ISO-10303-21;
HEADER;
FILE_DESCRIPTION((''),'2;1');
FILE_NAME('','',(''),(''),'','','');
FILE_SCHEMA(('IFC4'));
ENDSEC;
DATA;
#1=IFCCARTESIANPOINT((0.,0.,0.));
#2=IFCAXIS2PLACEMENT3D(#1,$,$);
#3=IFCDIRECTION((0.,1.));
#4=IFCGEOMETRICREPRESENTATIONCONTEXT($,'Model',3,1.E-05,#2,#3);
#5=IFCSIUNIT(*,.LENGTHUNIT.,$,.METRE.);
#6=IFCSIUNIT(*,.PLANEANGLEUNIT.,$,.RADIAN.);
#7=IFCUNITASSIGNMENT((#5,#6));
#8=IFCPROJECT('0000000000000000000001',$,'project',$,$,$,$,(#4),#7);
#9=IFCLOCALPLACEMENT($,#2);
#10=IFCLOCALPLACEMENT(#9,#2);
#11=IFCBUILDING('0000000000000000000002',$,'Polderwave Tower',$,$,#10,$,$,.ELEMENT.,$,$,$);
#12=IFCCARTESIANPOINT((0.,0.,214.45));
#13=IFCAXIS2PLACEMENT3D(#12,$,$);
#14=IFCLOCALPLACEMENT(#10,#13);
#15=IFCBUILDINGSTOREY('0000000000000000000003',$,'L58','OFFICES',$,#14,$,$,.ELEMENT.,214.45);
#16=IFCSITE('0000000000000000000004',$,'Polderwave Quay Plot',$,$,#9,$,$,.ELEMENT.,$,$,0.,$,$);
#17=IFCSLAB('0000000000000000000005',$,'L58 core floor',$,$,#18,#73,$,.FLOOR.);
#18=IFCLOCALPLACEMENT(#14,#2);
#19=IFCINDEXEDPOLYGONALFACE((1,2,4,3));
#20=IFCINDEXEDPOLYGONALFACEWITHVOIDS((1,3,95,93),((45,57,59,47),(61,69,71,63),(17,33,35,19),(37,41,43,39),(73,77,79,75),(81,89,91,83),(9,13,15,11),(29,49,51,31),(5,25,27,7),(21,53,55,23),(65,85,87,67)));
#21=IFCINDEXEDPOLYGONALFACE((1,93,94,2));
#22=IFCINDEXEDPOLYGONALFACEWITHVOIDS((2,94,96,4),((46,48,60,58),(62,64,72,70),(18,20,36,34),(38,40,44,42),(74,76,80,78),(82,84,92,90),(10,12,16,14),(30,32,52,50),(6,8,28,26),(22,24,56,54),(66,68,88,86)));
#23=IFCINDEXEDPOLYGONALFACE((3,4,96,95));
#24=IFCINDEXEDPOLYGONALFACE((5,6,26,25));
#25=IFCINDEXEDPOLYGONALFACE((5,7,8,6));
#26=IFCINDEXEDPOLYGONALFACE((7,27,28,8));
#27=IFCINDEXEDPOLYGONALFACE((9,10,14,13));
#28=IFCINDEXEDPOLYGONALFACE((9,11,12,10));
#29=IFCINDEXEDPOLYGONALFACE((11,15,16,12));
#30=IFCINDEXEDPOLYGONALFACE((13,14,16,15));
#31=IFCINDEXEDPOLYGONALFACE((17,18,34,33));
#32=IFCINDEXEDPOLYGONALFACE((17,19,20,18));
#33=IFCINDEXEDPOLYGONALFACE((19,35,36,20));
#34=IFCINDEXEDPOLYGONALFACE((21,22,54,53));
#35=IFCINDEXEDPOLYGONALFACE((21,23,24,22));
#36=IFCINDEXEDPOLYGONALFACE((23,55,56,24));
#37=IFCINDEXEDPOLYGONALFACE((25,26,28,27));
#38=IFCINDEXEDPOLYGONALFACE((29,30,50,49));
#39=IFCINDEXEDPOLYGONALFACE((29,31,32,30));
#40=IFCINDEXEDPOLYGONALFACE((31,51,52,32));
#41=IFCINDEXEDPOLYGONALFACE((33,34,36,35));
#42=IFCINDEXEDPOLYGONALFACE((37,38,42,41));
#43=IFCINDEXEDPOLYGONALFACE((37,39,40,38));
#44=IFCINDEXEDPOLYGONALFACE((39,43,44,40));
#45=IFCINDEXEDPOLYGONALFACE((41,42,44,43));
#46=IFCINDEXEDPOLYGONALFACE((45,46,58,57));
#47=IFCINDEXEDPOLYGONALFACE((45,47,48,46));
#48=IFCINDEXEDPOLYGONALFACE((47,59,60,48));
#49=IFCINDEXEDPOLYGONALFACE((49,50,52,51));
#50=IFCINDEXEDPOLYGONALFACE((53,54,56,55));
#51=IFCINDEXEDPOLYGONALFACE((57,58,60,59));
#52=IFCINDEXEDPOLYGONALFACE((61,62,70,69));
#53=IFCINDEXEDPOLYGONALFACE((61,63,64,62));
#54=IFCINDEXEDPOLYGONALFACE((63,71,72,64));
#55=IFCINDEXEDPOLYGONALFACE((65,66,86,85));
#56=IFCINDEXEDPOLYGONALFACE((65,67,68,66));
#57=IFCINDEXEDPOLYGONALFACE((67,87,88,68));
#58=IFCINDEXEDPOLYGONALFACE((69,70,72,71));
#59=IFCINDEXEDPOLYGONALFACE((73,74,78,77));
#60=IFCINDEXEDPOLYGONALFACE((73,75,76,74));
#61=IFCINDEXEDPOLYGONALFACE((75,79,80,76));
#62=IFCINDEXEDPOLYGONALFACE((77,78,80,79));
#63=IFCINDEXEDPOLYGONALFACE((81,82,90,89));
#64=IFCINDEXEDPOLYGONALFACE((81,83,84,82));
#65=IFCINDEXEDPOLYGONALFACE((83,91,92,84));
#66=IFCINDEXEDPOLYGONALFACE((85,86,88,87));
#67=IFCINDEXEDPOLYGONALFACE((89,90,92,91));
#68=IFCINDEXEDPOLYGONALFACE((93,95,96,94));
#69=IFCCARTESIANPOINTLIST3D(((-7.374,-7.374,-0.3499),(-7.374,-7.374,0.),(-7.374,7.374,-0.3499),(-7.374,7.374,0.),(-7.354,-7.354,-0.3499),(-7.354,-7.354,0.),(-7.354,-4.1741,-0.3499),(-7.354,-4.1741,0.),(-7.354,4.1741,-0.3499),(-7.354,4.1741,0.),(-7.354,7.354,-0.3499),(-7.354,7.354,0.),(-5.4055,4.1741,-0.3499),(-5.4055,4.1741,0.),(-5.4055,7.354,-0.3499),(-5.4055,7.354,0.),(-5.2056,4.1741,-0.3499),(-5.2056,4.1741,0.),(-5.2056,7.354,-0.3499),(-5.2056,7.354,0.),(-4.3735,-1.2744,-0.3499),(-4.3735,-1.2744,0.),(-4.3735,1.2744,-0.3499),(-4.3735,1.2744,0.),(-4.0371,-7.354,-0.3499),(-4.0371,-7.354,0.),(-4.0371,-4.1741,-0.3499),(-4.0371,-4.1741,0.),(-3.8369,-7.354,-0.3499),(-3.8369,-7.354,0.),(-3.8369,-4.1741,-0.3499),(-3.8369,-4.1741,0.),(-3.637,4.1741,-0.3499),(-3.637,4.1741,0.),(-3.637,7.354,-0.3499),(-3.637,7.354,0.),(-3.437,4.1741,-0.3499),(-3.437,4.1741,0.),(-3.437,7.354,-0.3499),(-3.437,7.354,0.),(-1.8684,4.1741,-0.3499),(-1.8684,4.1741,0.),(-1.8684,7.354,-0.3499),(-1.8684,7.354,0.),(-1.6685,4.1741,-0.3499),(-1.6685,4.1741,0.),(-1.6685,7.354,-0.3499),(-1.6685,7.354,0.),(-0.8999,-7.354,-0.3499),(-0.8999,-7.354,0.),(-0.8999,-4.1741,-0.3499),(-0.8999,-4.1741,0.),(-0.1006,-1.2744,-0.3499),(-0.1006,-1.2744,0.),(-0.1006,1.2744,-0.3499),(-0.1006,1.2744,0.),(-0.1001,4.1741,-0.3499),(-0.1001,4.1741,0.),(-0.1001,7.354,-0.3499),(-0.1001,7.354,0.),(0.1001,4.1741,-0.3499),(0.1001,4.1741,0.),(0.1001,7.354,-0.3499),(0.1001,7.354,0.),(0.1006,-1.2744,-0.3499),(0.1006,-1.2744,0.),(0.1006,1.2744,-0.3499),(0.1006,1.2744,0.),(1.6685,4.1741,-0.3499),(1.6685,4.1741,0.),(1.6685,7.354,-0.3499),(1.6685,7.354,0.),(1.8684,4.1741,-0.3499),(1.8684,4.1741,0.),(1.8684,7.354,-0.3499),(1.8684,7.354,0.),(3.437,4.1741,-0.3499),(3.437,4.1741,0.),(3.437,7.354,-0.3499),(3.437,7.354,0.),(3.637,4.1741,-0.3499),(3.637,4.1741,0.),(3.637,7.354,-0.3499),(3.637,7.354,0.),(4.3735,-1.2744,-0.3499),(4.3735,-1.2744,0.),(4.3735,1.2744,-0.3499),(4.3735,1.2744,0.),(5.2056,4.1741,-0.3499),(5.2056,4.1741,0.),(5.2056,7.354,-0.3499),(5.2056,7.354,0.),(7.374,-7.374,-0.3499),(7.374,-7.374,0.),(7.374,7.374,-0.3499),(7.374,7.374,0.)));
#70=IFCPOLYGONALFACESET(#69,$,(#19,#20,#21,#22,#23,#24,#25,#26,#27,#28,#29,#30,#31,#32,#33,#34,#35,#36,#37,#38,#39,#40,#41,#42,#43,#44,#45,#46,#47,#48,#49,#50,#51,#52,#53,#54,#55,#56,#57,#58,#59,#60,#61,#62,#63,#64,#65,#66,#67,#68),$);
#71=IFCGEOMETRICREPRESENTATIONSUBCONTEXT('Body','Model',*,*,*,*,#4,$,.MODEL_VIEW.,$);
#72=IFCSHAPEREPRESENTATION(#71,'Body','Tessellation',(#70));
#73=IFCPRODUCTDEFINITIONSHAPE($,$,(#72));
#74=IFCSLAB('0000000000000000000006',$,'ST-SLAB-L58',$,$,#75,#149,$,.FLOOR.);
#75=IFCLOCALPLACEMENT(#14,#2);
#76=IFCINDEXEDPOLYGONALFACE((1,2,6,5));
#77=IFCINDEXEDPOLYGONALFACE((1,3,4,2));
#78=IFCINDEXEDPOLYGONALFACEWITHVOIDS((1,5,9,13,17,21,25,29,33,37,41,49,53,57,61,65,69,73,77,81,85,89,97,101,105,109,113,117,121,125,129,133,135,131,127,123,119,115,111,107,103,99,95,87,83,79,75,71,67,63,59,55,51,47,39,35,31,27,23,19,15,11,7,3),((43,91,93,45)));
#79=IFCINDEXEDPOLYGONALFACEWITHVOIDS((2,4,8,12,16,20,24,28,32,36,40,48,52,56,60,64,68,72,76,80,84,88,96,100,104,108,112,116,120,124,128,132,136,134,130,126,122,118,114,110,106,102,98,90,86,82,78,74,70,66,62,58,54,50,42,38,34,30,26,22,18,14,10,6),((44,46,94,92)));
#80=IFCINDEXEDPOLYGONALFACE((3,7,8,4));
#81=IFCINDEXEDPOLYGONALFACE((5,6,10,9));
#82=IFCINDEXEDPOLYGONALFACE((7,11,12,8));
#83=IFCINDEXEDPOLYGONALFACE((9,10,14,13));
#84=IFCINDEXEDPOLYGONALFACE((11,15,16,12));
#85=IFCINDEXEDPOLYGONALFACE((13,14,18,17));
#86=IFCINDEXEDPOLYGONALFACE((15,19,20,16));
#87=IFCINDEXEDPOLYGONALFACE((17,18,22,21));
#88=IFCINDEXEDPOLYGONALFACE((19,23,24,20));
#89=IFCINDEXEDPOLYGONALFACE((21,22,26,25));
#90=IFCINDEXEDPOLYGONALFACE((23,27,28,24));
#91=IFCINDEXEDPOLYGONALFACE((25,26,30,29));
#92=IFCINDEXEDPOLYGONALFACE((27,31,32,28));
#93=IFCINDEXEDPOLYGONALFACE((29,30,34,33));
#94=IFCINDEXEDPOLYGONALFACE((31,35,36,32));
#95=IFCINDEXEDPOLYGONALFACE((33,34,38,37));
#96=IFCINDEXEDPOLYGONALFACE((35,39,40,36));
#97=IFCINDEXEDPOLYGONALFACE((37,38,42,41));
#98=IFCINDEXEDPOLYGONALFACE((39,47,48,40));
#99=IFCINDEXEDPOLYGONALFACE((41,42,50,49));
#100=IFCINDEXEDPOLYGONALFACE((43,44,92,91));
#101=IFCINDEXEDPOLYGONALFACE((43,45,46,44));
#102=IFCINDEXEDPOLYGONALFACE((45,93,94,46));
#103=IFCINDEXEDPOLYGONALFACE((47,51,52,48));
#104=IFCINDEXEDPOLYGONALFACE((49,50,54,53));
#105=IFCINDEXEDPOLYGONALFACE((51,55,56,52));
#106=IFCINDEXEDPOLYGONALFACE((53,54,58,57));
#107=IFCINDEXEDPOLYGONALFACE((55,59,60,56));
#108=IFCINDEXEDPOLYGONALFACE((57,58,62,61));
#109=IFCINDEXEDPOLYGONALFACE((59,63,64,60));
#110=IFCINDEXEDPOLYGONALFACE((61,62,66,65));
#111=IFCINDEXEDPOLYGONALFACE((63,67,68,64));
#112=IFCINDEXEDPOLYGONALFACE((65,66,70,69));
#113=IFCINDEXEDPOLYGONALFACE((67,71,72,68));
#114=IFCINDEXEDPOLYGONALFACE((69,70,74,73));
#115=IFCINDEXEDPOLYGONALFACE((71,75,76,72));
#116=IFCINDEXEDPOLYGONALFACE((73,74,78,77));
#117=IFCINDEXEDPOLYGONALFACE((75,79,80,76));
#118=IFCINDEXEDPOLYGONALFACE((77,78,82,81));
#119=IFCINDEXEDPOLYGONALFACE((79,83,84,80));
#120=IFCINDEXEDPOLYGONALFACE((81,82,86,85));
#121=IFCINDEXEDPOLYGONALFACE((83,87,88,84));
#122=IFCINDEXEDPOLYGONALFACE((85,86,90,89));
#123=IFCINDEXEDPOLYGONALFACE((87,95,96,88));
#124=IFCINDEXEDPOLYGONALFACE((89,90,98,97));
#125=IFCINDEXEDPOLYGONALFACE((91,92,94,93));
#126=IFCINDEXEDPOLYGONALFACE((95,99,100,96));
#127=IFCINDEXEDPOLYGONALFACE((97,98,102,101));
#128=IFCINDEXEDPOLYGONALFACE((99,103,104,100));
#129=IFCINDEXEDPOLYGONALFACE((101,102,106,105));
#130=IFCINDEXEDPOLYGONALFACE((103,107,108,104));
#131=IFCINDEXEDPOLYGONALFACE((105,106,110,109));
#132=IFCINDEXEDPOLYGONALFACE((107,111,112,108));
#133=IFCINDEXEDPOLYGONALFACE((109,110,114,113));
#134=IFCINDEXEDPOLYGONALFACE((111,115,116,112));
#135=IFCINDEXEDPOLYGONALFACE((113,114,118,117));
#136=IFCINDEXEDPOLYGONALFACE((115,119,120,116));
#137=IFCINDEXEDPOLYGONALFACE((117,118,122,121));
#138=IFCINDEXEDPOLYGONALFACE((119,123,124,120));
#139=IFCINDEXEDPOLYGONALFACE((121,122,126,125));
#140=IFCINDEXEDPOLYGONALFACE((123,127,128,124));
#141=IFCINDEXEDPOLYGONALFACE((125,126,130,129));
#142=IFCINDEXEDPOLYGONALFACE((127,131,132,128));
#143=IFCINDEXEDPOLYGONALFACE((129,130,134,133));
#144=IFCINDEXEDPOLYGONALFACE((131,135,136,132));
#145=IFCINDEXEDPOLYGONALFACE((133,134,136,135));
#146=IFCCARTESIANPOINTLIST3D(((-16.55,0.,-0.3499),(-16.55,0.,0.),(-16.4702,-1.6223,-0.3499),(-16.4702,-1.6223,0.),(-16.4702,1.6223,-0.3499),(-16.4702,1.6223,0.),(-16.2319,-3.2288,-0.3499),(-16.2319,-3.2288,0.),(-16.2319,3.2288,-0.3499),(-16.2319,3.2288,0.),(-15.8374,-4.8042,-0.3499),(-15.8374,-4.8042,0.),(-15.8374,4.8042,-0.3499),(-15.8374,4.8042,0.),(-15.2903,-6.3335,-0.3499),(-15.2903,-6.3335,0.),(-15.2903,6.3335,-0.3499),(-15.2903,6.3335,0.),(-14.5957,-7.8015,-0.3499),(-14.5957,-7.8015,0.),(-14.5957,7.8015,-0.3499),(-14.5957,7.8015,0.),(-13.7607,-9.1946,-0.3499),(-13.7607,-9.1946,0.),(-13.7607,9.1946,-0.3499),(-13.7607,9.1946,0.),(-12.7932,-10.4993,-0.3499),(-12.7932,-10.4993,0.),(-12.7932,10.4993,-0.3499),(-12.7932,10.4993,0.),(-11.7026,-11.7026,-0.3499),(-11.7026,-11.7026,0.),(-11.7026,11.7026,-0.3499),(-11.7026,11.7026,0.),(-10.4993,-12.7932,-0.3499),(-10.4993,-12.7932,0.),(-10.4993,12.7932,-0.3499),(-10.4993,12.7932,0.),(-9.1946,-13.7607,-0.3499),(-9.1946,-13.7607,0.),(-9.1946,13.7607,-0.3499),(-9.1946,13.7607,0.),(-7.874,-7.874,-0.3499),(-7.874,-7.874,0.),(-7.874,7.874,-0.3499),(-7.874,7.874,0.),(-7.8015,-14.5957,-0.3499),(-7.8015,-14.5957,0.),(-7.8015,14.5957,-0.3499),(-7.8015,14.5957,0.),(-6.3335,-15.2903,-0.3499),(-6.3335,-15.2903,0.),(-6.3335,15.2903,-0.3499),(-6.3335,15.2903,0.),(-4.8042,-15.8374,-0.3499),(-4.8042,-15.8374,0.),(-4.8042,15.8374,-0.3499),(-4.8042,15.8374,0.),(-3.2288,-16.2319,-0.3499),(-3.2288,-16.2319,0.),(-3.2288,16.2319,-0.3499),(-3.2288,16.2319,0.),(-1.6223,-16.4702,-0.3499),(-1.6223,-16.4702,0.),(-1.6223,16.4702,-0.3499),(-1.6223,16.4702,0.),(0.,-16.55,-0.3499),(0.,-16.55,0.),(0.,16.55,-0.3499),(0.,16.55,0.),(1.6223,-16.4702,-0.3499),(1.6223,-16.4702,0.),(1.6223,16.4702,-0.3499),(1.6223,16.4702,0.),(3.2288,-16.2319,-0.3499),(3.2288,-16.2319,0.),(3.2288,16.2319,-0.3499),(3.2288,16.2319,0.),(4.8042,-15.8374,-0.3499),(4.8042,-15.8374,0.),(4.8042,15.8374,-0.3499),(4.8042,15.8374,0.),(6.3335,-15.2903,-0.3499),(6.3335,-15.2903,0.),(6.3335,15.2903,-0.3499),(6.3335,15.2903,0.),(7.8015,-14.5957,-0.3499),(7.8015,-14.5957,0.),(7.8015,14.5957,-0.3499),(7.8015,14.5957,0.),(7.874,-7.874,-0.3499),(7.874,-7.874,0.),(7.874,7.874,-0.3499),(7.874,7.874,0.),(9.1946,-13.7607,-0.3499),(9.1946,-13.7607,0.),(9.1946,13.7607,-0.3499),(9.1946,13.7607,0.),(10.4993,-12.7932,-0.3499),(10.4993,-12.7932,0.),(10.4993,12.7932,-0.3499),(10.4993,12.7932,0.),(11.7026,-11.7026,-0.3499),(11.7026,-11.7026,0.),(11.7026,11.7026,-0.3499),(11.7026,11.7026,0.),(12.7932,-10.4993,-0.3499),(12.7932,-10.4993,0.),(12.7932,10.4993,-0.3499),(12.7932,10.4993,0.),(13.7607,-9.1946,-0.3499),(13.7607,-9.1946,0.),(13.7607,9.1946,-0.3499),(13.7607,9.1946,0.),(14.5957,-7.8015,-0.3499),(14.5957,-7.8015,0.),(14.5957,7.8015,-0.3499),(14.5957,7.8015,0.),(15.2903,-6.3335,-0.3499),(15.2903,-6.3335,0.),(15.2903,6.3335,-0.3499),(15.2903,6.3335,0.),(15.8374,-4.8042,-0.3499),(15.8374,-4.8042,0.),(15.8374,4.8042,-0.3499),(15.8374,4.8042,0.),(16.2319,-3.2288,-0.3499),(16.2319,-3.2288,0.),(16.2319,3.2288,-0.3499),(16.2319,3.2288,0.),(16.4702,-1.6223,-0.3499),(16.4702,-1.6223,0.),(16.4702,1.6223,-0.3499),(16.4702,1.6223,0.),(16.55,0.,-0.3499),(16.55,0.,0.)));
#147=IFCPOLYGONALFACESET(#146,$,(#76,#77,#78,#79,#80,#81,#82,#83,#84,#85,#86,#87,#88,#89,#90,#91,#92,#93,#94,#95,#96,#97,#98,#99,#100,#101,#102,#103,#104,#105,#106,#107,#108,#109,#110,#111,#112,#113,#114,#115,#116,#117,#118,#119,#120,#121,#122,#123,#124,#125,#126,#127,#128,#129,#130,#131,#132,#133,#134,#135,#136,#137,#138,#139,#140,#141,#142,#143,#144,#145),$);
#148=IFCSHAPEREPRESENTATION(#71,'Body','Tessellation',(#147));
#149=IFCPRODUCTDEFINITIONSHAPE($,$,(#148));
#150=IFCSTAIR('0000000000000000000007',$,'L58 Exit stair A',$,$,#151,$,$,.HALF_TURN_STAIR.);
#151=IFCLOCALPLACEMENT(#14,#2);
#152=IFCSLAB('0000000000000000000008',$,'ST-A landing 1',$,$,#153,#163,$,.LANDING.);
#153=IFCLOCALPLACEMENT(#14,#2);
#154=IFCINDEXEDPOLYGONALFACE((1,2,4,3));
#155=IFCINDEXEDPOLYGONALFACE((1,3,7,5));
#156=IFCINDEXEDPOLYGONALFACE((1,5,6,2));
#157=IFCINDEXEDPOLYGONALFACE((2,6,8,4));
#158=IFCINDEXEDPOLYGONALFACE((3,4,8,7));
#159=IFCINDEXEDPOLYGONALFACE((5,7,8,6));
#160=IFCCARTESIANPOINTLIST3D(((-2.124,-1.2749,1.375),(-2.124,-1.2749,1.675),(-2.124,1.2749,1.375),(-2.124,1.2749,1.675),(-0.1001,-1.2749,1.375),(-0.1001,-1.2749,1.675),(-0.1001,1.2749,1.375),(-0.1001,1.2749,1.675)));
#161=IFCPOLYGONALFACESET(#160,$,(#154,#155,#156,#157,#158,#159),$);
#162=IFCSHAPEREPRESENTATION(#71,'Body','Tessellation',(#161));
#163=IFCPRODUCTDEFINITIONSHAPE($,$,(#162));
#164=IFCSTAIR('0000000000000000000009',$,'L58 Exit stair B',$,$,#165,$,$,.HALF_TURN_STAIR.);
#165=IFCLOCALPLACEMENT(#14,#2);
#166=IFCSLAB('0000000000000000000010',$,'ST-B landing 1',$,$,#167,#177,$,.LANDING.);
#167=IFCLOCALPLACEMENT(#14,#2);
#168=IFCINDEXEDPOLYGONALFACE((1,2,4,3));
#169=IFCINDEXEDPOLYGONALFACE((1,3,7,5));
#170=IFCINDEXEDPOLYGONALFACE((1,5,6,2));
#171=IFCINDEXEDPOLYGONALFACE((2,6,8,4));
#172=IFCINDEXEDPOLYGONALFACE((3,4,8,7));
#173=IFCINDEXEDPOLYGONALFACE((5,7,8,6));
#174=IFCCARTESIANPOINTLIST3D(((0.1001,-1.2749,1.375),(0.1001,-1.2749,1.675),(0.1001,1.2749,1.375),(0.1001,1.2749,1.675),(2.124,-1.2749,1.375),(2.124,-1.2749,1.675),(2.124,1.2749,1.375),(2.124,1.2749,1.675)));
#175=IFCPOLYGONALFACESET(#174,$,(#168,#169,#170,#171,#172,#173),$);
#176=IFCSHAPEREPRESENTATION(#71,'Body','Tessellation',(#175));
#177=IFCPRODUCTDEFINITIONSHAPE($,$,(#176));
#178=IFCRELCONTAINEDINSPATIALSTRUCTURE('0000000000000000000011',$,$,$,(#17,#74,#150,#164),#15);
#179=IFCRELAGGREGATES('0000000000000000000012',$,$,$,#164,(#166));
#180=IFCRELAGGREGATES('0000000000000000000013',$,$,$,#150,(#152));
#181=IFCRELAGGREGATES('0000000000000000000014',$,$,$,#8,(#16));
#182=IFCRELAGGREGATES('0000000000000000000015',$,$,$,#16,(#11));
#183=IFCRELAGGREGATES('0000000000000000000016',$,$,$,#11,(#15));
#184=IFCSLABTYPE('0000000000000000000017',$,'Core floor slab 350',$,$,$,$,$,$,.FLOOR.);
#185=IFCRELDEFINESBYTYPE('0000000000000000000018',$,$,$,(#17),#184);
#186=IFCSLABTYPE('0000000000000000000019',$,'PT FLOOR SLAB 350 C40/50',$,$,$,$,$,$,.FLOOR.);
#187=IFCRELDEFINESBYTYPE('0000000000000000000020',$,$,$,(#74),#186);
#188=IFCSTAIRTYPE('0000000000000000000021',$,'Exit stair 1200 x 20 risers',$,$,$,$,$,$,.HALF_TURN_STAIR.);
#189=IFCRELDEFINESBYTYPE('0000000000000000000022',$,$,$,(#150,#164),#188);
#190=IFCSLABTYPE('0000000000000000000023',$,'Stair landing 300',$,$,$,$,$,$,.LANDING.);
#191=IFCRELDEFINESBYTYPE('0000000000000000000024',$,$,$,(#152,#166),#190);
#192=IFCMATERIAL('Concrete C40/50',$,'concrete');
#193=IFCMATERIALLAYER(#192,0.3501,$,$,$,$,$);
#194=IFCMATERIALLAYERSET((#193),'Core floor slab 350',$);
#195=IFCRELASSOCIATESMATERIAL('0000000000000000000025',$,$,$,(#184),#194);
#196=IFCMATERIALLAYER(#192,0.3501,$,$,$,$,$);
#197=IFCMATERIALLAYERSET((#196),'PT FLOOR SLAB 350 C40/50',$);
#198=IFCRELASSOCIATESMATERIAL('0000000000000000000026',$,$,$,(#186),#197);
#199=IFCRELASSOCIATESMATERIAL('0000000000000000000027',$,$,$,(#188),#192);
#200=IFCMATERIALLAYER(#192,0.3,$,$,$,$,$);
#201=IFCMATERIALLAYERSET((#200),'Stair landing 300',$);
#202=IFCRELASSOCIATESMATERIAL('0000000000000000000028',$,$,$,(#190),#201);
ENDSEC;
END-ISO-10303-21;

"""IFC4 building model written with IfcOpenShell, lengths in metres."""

from ifc_helpers import new_model, si_unit, direction, frame, origin, place, context, subcontext, project, spatial, polyline, outline, extrude, material, layer, layer_set, type_object, element, aggregate, save


model = new_model("IFC4")

# Units and contexts
model_context = context("Model", 3, precision=1e-05, world=origin(), true_north=direction((0.0, 1.0)))
body_context = subcontext(model_context, "Body", "Model", "MODEL_VIEW")
ifc_project = project(units=[si_unit("LENGTHUNIT", "METRE"), si_unit("PLANEANGLEUNIT", "RADIAN")], contexts=[model_context])

# Site, building, storey
site_placement = place(None, origin())
site = spatial("IfcSite", under=ifc_project, at=site_placement, Name="Polderwave Quay Plot", CompositionType="ELEMENT", RefElevation=0.0)
building_placement = place(site_placement, origin())
building = spatial("IfcBuilding", under=site, at=building_placement, Name="Polderwave Tower", CompositionType="ELEMENT")
storey_placement = place(building_placement, frame((0.0, 0.0, 214.45)))
storey = spatial("IfcBuildingStorey", under=building, at=storey_placement, Name="L58", Description="OFFICES", CompositionType="ELEMENT", Elevation=214.45)

# Slabs
ifc_material_1 = material(Name="Concrete C40/50", Category="concrete")
ifc_layer_1 = layer(ifc_material_1, 0.3501)
ifc_layer_set_1 = layer_set([ifc_layer_1], Name="Core floor slab 350")
slab_type_1 = type_object("IfcSlabType", Name="Core floor slab 350", PredefinedType="FLOOR", material=ifc_layer_set_1)
slab_1_placement = place(storey_placement, frame((0.0, 0.0, -0.3499)))
element("IfcSlab", 1, at=slab_1_placement, inside=storey, type_object=slab_type_1, Name="L58 core floor", PredefinedType="FLOOR", context=body_context, shape_type="SweptSolid", body=[
    extrude(outline(polyline([(-7.374, -7.374), (7.374, -7.374), (7.374, 7.374), (-7.374, 7.374), (-7.374, -7.374)]), holes=[polyline([(-7.354, -7.354), (-4.0371, -7.354), (-4.0371, -4.1741), (-7.354, -4.1741), (-7.354, -7.354)]), polyline([(-3.8369, -7.354), (-0.8999, -7.354), (-0.8999, -4.1741), (-3.8369, -4.1741), (-3.8369, -7.354)]), polyline([(-7.354, 4.1741), (-5.4055, 4.1741), (-5.4055, 7.354), (-7.354, 7.354), (-7.354, 4.1741)]), polyline([(-5.2056, 4.1741), (-3.637, 4.1741), (-3.637, 7.354), (-5.2056, 7.354), (-5.2056, 4.1741)]), polyline([(-3.437, 4.1741), (-1.8684, 4.1741), (-1.8684, 7.354), (-3.437, 7.354), (-3.437, 4.1741)]), polyline([(-1.6685, 4.1741), (-0.1001, 4.1741), (-0.1001, 7.354), (-1.6685, 7.354), (-1.6685, 4.1741)]), polyline([(0.1001, 4.1741), (1.6685, 4.1741), (1.6685, 7.354), (0.1001, 7.354), (0.1001, 4.1741)]), polyline([(1.8684, 4.1741), (3.437, 4.1741), (3.437, 7.354), (1.8684, 7.354), (1.8684, 4.1741)]), polyline([(3.637, 4.1741), (5.2056, 4.1741), (5.2056, 7.354), (3.637, 7.354), (3.637, 4.1741)]), polyline([(-4.3735, -1.2744), (-0.1006, -1.2744), (-0.1006, 1.2744), (-4.3735, 1.2744), (-4.3735, -1.2744)]), polyline([(0.1006, -1.2744), (4.3735, -1.2744), (4.3735, 1.2744), (0.1006, 1.2744), (0.1006, -1.2744)])]), origin(), (0.0, 0.0, 1.0), 0.3499),
])
ifc_layer_2 = layer(ifc_material_1, 0.3501)
ifc_layer_set_2 = layer_set([ifc_layer_2], Name="PT FLOOR SLAB 350 C40/50")
slab_type_2 = type_object("IfcSlabType", Name="PT FLOOR SLAB 350 C40/50", PredefinedType="FLOOR", material=ifc_layer_set_2)
slab_2_placement = place(storey_placement, frame((0.0, 0.0, -0.3499)))
element("IfcSlab", 2, at=slab_2_placement, inside=storey, type_object=slab_type_2, Name="ST-SLAB-L58", PredefinedType="FLOOR", context=body_context, shape_type="SweptSolid", body=[
    extrude(outline(polyline([(16.55, 0.0), (16.4702, 1.6223), (16.2319, 3.2288), (15.8374, 4.8042), (15.2903, 6.3335), (14.5957, 7.8015), (13.7607, 9.1946), (12.7932, 10.4993), (11.7026, 11.7026), (10.4993, 12.7932), (9.1946, 13.7607), (7.8015, 14.5957), (6.3335, 15.2903), (4.8042, 15.8374), (3.2288, 16.2319), (1.6223, 16.4702), (0.0, 16.55), (-1.6223, 16.4702), (-3.2288, 16.2319), (-4.8042, 15.8374), (-6.3335, 15.2903), (-7.8015, 14.5957), (-9.1946, 13.7607), (-10.4993, 12.7932), (-11.7026, 11.7026), (-12.7932, 10.4993), (-13.7607, 9.1946), (-14.5957, 7.8015), (-15.2903, 6.3335), (-15.8374, 4.8042), (-16.2319, 3.2288), (-16.4702, 1.6223), (-16.55, 0.0), (-16.4702, -1.6223), (-16.2319, -3.2288), (-15.8374, -4.8042), (-15.2903, -6.3335), (-14.5957, -7.8015), (-13.7607, -9.1946), (-12.7932, -10.4993), (-11.7026, -11.7026), (-10.4993, -12.7932), (-9.1946, -13.7607), (-7.8015, -14.5957), (-6.3335, -15.2903), (-4.8042, -15.8374), (-3.2288, -16.2319), (-1.6223, -16.4702), (0.0, -16.55), (1.6223, -16.4702), (3.2288, -16.2319), (4.8042, -15.8374), (6.3335, -15.2903), (7.8015, -14.5957), (9.1946, -13.7607), (10.4993, -12.7932), (11.7026, -11.7026), (12.7932, -10.4993), (13.7607, -9.1946), (14.5957, -7.8015), (15.2903, -6.3335), (15.8374, -4.8042), (16.2319, -3.2288), (16.4702, -1.6223), (16.55, 0.0)]), holes=[polyline([(-7.874, -7.874), (7.874, -7.874), (7.874, 7.874), (-7.874, 7.874), (-7.874, -7.874)])]), origin(), (0.0, 0.0, 1.0), 0.3499),
])

# Stairs, slabs
stair_type = type_object("IfcStairType", Name="Exit stair 1200 x 20 risers", PredefinedType="HALF_TURN_STAIR", material=ifc_material_1)
stair_1_placement = place(storey_placement, origin())
stair_1 = element("IfcStair", 3, at=stair_1_placement, inside=storey, type_object=stair_type, Name="L58 Exit stair A", PredefinedType="HALF_TURN_STAIR")
ifc_layer_3 = layer(ifc_material_1, 0.3)
ifc_layer_set_3 = layer_set([ifc_layer_3], Name="Stair landing 300")
slab_type_3 = type_object("IfcSlabType", Name="Stair landing 300", PredefinedType="LANDING", material=ifc_layer_set_3)
slab_3_placement = place(storey_placement, frame((0.0, 0.0, 1.375)))
slab_3 = element("IfcSlab", 4, at=slab_3_placement, type_object=slab_type_3, Name="ST-A landing 1", PredefinedType="LANDING", context=body_context, shape_type="SweptSolid", body=[
    extrude(outline(polyline([(-2.124, -1.2749), (-0.1001, -1.2749), (-0.1001, 1.2749), (-2.124, 1.2749), (-2.124, -1.2749)])), origin(), (0.0, 0.0, 1.0), 0.3),
])
stair_2_placement = place(storey_placement, origin())
stair_2 = element("IfcStair", 5, at=stair_2_placement, inside=storey, type_object=stair_type, Name="L58 Exit stair B", PredefinedType="HALF_TURN_STAIR")
slab_4_placement = place(storey_placement, frame((0.0, 0.0, 1.375)))
slab_4 = element("IfcSlab", 6, at=slab_4_placement, type_object=slab_type_3, Name="ST-B landing 1", PredefinedType="LANDING", context=body_context, shape_type="SweptSolid", body=[
    extrude(outline(polyline([(2.124, 1.2749), (0.1001, 1.2749), (0.1001, -1.2749), (2.124, -1.2749), (2.124, 1.2749)])), origin(), (0.0, 0.0, 1.0), 0.3),
])
aggregate(stair_2, [slab_4])

aggregate(stair_1, [slab_3])

save(model, "model.ifc")
